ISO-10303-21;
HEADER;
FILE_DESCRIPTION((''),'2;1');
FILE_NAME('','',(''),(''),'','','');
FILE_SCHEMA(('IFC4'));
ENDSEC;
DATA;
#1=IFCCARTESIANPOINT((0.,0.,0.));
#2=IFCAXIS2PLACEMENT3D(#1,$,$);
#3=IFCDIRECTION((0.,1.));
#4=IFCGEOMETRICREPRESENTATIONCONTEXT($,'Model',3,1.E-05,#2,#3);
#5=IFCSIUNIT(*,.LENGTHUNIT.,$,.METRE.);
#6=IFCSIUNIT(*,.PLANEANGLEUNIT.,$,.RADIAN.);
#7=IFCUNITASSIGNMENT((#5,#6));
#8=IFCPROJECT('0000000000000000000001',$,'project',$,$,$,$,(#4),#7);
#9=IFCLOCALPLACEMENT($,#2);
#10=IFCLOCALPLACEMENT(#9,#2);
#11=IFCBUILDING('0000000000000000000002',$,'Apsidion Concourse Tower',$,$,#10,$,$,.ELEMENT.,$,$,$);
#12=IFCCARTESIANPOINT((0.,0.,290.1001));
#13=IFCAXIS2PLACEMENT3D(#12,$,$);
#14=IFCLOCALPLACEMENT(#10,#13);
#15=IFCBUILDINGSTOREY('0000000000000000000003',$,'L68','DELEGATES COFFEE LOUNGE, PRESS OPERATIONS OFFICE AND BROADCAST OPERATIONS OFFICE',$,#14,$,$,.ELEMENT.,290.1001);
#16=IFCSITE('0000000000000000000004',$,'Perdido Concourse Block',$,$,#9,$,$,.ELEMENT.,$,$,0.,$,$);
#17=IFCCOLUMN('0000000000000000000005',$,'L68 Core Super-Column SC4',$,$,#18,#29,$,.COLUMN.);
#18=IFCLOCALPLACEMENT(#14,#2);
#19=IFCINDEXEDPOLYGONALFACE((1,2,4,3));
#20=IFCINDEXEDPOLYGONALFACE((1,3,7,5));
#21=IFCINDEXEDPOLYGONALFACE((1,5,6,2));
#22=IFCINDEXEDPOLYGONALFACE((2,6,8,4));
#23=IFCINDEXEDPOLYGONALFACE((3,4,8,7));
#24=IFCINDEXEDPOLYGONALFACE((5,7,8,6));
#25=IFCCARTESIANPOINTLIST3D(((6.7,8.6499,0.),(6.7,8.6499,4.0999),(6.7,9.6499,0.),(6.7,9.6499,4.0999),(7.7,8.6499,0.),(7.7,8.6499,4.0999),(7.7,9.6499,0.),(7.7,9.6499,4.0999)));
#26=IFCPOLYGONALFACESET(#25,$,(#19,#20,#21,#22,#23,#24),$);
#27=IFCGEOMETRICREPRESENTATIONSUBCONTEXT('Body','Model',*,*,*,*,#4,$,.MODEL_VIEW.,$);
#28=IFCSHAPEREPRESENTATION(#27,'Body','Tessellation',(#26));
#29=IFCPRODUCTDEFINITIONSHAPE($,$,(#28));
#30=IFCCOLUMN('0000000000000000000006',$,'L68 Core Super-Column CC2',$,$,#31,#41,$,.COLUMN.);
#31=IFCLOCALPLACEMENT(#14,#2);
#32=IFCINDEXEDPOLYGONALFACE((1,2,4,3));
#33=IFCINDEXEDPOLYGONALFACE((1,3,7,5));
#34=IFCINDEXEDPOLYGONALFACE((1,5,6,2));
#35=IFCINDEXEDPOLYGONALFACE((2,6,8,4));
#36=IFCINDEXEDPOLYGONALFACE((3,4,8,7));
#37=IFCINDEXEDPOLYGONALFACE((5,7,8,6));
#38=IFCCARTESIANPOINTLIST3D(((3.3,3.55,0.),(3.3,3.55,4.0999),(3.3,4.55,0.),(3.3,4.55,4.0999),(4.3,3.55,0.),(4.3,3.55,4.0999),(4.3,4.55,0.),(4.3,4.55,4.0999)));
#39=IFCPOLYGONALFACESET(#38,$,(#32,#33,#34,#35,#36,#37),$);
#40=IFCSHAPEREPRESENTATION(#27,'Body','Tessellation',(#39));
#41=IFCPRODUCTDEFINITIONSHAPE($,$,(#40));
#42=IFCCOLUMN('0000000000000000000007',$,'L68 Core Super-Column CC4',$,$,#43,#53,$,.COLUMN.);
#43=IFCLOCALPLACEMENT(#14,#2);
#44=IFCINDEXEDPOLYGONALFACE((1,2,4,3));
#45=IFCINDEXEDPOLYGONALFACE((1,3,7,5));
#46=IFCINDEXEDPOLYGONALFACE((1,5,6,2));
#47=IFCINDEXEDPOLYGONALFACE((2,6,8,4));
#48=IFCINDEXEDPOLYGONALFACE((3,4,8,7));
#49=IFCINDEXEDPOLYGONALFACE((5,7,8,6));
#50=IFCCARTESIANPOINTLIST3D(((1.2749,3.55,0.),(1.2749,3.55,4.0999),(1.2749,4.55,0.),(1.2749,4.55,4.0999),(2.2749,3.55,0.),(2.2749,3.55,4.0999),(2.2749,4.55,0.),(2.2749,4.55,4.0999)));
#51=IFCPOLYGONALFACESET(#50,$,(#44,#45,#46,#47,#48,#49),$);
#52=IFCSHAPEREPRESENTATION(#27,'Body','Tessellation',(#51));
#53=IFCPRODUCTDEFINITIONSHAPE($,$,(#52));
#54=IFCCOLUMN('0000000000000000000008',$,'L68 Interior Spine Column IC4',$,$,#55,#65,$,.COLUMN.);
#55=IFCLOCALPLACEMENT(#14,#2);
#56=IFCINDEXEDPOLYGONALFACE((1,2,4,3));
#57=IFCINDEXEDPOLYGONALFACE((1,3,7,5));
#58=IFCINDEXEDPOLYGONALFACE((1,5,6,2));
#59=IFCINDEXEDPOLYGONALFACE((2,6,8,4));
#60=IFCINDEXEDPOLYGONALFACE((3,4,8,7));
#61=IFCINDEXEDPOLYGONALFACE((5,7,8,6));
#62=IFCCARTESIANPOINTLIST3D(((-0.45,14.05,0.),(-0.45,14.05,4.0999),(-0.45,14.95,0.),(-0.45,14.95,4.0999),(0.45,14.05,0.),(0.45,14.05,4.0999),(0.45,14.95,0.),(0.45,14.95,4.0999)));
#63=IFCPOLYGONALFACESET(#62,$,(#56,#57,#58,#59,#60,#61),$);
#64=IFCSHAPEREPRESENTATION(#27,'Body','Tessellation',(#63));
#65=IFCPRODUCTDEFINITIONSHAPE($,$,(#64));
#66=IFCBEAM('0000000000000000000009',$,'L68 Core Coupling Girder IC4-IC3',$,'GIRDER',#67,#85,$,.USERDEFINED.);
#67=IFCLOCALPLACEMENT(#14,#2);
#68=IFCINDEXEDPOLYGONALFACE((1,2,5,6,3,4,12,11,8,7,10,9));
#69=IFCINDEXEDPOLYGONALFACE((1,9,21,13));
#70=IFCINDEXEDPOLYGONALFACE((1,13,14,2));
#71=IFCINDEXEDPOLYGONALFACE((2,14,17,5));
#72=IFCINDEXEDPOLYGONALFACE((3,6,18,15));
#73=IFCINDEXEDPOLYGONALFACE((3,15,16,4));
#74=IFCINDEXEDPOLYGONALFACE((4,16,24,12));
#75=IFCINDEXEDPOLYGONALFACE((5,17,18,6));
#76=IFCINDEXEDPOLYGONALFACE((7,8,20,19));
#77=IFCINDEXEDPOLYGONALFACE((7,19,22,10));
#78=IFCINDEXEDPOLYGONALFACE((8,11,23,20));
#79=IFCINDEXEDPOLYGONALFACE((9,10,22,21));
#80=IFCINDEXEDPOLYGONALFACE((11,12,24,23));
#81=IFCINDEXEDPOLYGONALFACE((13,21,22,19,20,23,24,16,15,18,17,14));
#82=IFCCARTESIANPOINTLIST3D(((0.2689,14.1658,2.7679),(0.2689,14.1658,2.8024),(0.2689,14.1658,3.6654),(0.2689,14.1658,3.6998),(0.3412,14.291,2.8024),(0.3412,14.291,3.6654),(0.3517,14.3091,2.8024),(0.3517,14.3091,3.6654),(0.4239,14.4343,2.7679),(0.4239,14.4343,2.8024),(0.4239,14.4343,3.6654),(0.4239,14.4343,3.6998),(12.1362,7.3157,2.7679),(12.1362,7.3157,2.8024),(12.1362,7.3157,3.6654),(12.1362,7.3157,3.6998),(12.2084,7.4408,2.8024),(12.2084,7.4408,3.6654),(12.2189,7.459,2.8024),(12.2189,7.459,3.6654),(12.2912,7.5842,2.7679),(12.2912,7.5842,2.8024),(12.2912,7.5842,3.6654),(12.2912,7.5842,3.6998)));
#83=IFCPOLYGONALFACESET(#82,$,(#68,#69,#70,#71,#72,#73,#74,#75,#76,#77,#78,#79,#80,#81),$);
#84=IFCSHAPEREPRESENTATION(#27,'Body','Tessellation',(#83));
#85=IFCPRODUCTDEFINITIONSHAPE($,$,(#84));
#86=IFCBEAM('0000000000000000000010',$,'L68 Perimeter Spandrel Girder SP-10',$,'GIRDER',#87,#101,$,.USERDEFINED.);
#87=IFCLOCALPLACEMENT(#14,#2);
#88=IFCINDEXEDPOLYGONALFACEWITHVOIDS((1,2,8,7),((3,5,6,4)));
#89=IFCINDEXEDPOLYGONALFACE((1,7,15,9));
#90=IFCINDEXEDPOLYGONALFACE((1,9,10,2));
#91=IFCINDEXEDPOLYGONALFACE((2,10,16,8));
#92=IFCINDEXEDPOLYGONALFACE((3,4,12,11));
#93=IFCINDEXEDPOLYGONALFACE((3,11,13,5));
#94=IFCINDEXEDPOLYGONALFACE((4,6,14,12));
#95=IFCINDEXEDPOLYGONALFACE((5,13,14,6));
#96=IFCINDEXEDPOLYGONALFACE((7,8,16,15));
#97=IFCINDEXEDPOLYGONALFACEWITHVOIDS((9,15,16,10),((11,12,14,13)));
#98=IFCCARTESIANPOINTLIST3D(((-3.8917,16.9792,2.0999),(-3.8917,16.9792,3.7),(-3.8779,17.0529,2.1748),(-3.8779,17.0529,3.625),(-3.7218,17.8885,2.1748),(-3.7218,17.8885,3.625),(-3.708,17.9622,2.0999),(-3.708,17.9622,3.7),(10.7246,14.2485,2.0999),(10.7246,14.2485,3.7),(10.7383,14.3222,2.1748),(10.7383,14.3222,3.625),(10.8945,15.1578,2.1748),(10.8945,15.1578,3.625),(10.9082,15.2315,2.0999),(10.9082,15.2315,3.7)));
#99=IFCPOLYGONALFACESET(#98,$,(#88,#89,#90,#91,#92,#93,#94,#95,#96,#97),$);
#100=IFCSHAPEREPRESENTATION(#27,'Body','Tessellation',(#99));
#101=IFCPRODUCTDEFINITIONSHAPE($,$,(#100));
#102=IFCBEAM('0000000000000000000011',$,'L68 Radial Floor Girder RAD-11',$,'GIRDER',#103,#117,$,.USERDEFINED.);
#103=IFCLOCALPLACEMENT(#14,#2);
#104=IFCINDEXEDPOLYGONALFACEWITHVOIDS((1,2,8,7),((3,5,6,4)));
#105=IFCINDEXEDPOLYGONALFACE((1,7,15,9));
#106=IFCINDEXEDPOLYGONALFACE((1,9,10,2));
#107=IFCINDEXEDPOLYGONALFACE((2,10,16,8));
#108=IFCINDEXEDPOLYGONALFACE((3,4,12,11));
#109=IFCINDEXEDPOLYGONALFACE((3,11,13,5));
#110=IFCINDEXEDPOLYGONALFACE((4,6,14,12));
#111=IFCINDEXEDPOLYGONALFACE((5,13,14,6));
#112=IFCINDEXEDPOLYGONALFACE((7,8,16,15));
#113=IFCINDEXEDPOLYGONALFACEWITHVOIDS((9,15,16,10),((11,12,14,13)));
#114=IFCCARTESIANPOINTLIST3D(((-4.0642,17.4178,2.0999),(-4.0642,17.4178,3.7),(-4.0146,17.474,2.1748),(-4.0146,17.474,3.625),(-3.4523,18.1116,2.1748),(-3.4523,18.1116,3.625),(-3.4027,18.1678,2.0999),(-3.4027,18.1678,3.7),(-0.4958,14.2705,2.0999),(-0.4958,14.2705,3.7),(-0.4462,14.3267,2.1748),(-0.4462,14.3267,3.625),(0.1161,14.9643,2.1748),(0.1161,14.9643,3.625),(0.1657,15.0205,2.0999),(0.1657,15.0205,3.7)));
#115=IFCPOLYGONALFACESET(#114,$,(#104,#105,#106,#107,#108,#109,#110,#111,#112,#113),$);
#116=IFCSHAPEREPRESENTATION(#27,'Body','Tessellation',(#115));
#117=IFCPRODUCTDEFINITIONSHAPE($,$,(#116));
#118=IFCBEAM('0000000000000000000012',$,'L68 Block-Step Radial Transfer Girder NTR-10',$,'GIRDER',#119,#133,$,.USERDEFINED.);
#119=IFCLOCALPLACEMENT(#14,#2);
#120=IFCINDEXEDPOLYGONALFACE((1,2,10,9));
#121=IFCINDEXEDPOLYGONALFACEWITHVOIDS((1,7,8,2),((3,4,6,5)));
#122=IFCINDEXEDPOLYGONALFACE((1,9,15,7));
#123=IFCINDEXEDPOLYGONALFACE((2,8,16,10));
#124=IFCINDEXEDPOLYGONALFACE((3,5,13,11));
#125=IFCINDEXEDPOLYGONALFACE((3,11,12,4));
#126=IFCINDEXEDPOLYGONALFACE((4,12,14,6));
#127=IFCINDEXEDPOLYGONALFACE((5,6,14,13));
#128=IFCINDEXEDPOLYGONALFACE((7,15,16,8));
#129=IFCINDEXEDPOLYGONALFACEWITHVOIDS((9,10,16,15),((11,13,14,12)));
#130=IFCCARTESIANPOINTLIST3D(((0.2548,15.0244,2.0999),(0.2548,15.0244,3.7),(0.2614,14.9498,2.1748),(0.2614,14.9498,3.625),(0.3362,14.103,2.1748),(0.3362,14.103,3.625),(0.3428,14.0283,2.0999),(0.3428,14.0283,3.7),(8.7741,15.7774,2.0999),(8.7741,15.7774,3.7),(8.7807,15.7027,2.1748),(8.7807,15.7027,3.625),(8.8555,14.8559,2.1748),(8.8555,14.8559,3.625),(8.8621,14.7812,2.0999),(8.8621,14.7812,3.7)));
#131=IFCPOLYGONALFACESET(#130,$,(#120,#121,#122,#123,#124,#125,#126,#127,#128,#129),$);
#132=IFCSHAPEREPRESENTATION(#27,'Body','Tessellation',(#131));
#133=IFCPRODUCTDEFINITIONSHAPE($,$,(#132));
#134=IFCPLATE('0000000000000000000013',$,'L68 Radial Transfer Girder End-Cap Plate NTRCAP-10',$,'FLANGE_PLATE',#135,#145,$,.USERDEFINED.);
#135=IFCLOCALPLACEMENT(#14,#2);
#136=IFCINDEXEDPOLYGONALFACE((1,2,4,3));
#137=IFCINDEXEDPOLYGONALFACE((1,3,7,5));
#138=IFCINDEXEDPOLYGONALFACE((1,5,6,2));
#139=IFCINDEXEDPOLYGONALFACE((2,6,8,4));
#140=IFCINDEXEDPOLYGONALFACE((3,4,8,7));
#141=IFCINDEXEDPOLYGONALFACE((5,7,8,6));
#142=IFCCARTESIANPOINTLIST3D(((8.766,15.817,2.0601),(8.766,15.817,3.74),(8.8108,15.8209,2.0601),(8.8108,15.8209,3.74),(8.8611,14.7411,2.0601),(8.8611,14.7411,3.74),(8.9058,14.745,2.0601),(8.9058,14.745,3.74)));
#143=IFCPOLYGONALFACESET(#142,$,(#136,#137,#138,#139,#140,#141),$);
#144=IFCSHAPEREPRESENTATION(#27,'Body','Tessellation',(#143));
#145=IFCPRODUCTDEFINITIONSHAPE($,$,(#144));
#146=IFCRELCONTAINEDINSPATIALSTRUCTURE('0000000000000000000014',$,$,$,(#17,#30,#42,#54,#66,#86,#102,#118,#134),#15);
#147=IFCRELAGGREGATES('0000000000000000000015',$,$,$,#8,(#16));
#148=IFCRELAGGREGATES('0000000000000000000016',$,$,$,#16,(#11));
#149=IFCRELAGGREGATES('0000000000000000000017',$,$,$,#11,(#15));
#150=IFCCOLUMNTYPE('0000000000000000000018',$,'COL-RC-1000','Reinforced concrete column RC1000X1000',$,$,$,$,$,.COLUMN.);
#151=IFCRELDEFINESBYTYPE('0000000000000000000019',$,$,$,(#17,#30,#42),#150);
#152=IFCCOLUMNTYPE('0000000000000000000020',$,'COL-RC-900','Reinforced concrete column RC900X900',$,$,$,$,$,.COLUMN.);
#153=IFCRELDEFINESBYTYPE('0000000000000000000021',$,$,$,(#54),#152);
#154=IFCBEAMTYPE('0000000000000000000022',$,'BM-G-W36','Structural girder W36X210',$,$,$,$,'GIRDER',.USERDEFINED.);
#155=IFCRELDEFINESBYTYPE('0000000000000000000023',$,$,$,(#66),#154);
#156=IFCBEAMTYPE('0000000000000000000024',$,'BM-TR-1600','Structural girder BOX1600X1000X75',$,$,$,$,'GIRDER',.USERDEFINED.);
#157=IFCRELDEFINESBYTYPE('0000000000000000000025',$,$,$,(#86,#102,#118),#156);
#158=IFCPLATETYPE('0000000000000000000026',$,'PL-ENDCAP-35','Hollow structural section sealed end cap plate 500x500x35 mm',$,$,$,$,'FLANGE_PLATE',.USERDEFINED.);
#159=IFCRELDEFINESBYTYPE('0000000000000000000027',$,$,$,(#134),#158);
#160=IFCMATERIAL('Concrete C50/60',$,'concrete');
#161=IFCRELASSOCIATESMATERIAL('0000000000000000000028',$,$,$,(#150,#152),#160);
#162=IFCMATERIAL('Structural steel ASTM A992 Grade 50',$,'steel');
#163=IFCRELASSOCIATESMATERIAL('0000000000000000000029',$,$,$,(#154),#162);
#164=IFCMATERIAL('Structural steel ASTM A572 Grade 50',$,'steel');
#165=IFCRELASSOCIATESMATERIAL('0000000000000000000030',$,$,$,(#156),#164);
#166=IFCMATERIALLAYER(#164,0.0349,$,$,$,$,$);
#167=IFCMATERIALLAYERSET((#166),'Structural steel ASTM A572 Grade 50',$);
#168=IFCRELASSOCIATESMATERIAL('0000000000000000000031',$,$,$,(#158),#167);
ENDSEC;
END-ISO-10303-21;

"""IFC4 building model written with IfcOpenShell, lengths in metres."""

from ifc_helpers import new_model, si_unit, direction, frame, origin, origin_2d, place, context, subcontext, project, spatial, rectangle, hollow_rectangle, i_section, extrude, material, layer, layer_set, material_profile, profile_set, type_object, element, save


model = new_model("IFC4")

# Units and contexts
model_context = context("Model", 3, precision=1e-05, world=origin(), true_north=direction((0.0, 1.0)))
body_context = subcontext(model_context, "Body", "Model", "MODEL_VIEW")
ifc_project = project(units=[si_unit("LENGTHUNIT", "METRE"), si_unit("PLANEANGLEUNIT", "RADIAN")], contexts=[model_context])

# Site, building, storey
site_placement = place(None, origin())
site = spatial("IfcSite", under=ifc_project, at=site_placement, Name="Perdido Concourse Block", CompositionType="ELEMENT", RefElevation=0.0)
building_placement = place(site_placement, origin())
building = spatial("IfcBuilding", under=site, at=building_placement, Name="Apsidion Concourse Tower", CompositionType="ELEMENT")
storey_placement = place(building_placement, frame((0.0, 0.0, 290.1001)))
storey = spatial("IfcBuildingStorey", under=building, at=storey_placement, Name="L68", Description="DELEGATES COFFEE LOUNGE, PRESS OPERATIONS OFFICE AND BROADCAST OPERATIONS OFFICE", CompositionType="ELEMENT", Elevation=290.1001)

# Columns
ifc_material_1 = material(Name="Concrete C50/60", Category="concrete")
ifc_material_profile_1 = material_profile(ifc_material_1, rectangle(XDim=1.0, YDim=1.0, at=origin_2d()), Name="RC 1000x1000")
ifc_profile_set_1 = profile_set([ifc_material_profile_1], Name="Concrete C50/60")
column_type_1 = type_object("IfcColumnType", Name="COL-RC-1000", Description="Reinforced concrete column RC1000X1000", PredefinedType="COLUMN", material=ifc_profile_set_1)
for number, where, z_axis, x_axis, name in (
    (1, (7.2, 9.1499, 0.0), (0.0, 0.0, 1.0), (1.0, 0.0, 0.0), "L68 Core Super-Column SC4"),
    (2, (3.8, 4.05, 0.0), (0.0, 0.0, 1.0), (1.0, 0.0, 0.0), "L68 Core Super-Column CC2"),
    (3, (1.7749, 4.05, 0.0), (0.0, 0.0, 1.0), (1.0, 0.0, 0.0), "L68 Core Super-Column CC4"),
):
    element("IfcColumn", number, at=place(storey_placement, frame(where, z_axis=z_axis, x_axis=x_axis)), inside=storey, type_object=column_type_1, Name=name, PredefinedType="COLUMN", context=body_context, shape_type="SweptSolid", body=[
        extrude(rectangle(XDim=1.0, YDim=1.0, at=origin_2d()), origin(), (0.0, 0.0, 1.0), 4.0999),
    ])
ifc_material_profile_2 = material_profile(ifc_material_1, rectangle(XDim=0.8999, YDim=0.8999, at=origin_2d()), Name="RC 900x900")
ifc_profile_set_2 = profile_set([ifc_material_profile_2], Name="Concrete C50/60")
column_type_2 = type_object("IfcColumnType", Name="COL-RC-900", Description="Reinforced concrete column RC900X900", PredefinedType="COLUMN", material=ifc_profile_set_2)
column_placement = place(storey_placement, frame((0.0, 14.5, 0.0), z_axis=(0.0, 0.0, 1.0), x_axis=(1.0, 0.0, 0.0)))
element("IfcColumn", 4, at=column_placement, inside=storey, type_object=column_type_2, Name="L68 Interior Spine Column IC4", PredefinedType="COLUMN", context=body_context, shape_type="SweptSolid", body=[
    extrude(rectangle(XDim=0.8999, YDim=0.8999, at=origin_2d()), origin(), (0.0, 0.0, 1.0), 4.0999),
])

# Beams
ifc_material_2 = material(Name="Structural steel ASTM A992 Grade 50", Category="steel")
ifc_material_profile_3 = material_profile(ifc_material_2, i_section(OverallWidth=0.3101, OverallDepth=0.9319, WebThickness=0.021, FlangeThickness=0.0344, at=origin_2d()), Name="W36X210")
ifc_profile_set_3 = profile_set([ifc_material_profile_3], Name="Structural steel ASTM A992 Grade 50")
beam_type_1 = type_object("IfcBeamType", Name="BM-G-W36", Description="Structural girder W36X210", ElementType="GIRDER", PredefinedType="USERDEFINED", material=ifc_profile_set_3)
beam_1_placement = place(storey_placement, frame((0.3464, 14.3, 3.2339), z_axis=(0.86607, -0.499922, 0.0), x_axis=(0.499922, 0.86607, 0.0)))
element("IfcBeam", 5, at=beam_1_placement, inside=storey, type_object=beam_type_1, Name="L68 Core Coupling Girder IC4-IC3", ObjectType="GIRDER", PredefinedType="USERDEFINED", context=body_context, shape_type="SweptSolid", body=[
    extrude(i_section(OverallWidth=0.3101, OverallDepth=0.9319, WebThickness=0.021, FlangeThickness=0.0344, at=origin_2d()), origin(), (0.0, 0.0, 1.0), 13.7024),
])
ifc_material_3 = material(Name="Structural steel ASTM A572 Grade 50", Category="steel")
ifc_material_profile_4 = material_profile(ifc_material_3, hollow_rectangle(XDim=1.0, YDim=1.6001, WallThickness=0.075, at=origin_2d()), Name="BOX1600X1000X75")
ifc_profile_set_4 = profile_set([ifc_material_profile_4], Name="Structural steel ASTM A572 Grade 50")
beam_type_2 = type_object("IfcBeamType", Name="BM-TR-1600", Description="Structural girder BOX1600X1000X75", ElementType="GIRDER", PredefinedType="USERDEFINED", material=ifc_profile_set_4)
beam_2_placement = place(storey_placement, frame((10.8164, 14.74, 2.8999), z_axis=(-0.982992, 0.18365, 0.0), x_axis=(-0.18365, -0.982992, 0.0)))
element("IfcBeam", 6, at=beam_2_placement, inside=storey, type_object=beam_type_2, Name="L68 Perimeter Spandrel Girder SP-10", ObjectType="GIRDER", PredefinedType="USERDEFINED", context=body_context, shape_type="SweptSolid", body=[
    extrude(hollow_rectangle(XDim=1.0, YDim=1.6001, WallThickness=0.075, at=origin_2d()), origin(), (0.0, 0.0, 1.0), 14.8691),
])
beam_3_placement = place(storey_placement, frame((-0.165, 14.6455, 2.8999), z_axis=(-0.749977, 0.661464, 0.0), x_axis=(-0.661464, -0.749977, 0.0)))
element("IfcBeam", 7, at=beam_3_placement, inside=storey, type_object=beam_type_2, Name="L68 Radial Floor Girder RAD-11", ObjectType="GIRDER", PredefinedType="USERDEFINED", context=body_context, shape_type="SweptSolid", body=[
    extrude(hollow_rectangle(XDim=1.0, YDim=1.6001, WallThickness=0.075, at=origin_2d()), origin(), (0.0, 0.0, 1.0), 4.7581),
])
beam_4_placement = place(storey_placement, frame((0.2988, 14.5264, 2.8999), z_axis=(0.996117, 0.088036, 0.0), x_axis=(-0.088036, 0.996117, 0.0)))
element("IfcBeam", 8, at=beam_4_placement, inside=storey, type_object=beam_type_2, Name="L68 Block-Step Radial Transfer Girder NTR-10", ObjectType="GIRDER", PredefinedType="USERDEFINED", context=body_context, shape_type="SweptSolid", body=[
    extrude(hollow_rectangle(XDim=1.0, YDim=1.6001, WallThickness=0.075, at=origin_2d()), origin(), (0.0, 0.0, 1.0), 8.5525),
])

# Plate
ifc_layer_1 = layer(ifc_material_3, 0.0349)
ifc_layer_set_1 = layer_set([ifc_layer_1], Name="Structural steel ASTM A572 Grade 50")
plate_type = type_object("IfcPlateType", Name="PL-ENDCAP-35", Description="Hollow structural section sealed end cap plate 500x500x35 mm", ElementType="FLANGE_PLATE", PredefinedType="USERDEFINED", material=ifc_layer_set_1)
plate_placement = place(storey_placement, frame((8.8359, 15.281, 2.0601), z_axis=(0.0, 0.0, 1.0), x_axis=(0.996118, 0.088025, 0.0)))
element("IfcPlate", 9, at=plate_placement, inside=storey, type_object=plate_type, Name="L68 Radial Transfer Girder End-Cap Plate NTRCAP-10", ObjectType="FLANGE_PLATE", PredefinedType="USERDEFINED", context=body_context, shape_type="SweptSolid", body=[
    extrude(rectangle(XDim=0.0449, YDim=1.0801, at=origin_2d()), origin(), (0.0, 0.0, 1.0), 1.6799),
])

save(model, "model.ifc")
